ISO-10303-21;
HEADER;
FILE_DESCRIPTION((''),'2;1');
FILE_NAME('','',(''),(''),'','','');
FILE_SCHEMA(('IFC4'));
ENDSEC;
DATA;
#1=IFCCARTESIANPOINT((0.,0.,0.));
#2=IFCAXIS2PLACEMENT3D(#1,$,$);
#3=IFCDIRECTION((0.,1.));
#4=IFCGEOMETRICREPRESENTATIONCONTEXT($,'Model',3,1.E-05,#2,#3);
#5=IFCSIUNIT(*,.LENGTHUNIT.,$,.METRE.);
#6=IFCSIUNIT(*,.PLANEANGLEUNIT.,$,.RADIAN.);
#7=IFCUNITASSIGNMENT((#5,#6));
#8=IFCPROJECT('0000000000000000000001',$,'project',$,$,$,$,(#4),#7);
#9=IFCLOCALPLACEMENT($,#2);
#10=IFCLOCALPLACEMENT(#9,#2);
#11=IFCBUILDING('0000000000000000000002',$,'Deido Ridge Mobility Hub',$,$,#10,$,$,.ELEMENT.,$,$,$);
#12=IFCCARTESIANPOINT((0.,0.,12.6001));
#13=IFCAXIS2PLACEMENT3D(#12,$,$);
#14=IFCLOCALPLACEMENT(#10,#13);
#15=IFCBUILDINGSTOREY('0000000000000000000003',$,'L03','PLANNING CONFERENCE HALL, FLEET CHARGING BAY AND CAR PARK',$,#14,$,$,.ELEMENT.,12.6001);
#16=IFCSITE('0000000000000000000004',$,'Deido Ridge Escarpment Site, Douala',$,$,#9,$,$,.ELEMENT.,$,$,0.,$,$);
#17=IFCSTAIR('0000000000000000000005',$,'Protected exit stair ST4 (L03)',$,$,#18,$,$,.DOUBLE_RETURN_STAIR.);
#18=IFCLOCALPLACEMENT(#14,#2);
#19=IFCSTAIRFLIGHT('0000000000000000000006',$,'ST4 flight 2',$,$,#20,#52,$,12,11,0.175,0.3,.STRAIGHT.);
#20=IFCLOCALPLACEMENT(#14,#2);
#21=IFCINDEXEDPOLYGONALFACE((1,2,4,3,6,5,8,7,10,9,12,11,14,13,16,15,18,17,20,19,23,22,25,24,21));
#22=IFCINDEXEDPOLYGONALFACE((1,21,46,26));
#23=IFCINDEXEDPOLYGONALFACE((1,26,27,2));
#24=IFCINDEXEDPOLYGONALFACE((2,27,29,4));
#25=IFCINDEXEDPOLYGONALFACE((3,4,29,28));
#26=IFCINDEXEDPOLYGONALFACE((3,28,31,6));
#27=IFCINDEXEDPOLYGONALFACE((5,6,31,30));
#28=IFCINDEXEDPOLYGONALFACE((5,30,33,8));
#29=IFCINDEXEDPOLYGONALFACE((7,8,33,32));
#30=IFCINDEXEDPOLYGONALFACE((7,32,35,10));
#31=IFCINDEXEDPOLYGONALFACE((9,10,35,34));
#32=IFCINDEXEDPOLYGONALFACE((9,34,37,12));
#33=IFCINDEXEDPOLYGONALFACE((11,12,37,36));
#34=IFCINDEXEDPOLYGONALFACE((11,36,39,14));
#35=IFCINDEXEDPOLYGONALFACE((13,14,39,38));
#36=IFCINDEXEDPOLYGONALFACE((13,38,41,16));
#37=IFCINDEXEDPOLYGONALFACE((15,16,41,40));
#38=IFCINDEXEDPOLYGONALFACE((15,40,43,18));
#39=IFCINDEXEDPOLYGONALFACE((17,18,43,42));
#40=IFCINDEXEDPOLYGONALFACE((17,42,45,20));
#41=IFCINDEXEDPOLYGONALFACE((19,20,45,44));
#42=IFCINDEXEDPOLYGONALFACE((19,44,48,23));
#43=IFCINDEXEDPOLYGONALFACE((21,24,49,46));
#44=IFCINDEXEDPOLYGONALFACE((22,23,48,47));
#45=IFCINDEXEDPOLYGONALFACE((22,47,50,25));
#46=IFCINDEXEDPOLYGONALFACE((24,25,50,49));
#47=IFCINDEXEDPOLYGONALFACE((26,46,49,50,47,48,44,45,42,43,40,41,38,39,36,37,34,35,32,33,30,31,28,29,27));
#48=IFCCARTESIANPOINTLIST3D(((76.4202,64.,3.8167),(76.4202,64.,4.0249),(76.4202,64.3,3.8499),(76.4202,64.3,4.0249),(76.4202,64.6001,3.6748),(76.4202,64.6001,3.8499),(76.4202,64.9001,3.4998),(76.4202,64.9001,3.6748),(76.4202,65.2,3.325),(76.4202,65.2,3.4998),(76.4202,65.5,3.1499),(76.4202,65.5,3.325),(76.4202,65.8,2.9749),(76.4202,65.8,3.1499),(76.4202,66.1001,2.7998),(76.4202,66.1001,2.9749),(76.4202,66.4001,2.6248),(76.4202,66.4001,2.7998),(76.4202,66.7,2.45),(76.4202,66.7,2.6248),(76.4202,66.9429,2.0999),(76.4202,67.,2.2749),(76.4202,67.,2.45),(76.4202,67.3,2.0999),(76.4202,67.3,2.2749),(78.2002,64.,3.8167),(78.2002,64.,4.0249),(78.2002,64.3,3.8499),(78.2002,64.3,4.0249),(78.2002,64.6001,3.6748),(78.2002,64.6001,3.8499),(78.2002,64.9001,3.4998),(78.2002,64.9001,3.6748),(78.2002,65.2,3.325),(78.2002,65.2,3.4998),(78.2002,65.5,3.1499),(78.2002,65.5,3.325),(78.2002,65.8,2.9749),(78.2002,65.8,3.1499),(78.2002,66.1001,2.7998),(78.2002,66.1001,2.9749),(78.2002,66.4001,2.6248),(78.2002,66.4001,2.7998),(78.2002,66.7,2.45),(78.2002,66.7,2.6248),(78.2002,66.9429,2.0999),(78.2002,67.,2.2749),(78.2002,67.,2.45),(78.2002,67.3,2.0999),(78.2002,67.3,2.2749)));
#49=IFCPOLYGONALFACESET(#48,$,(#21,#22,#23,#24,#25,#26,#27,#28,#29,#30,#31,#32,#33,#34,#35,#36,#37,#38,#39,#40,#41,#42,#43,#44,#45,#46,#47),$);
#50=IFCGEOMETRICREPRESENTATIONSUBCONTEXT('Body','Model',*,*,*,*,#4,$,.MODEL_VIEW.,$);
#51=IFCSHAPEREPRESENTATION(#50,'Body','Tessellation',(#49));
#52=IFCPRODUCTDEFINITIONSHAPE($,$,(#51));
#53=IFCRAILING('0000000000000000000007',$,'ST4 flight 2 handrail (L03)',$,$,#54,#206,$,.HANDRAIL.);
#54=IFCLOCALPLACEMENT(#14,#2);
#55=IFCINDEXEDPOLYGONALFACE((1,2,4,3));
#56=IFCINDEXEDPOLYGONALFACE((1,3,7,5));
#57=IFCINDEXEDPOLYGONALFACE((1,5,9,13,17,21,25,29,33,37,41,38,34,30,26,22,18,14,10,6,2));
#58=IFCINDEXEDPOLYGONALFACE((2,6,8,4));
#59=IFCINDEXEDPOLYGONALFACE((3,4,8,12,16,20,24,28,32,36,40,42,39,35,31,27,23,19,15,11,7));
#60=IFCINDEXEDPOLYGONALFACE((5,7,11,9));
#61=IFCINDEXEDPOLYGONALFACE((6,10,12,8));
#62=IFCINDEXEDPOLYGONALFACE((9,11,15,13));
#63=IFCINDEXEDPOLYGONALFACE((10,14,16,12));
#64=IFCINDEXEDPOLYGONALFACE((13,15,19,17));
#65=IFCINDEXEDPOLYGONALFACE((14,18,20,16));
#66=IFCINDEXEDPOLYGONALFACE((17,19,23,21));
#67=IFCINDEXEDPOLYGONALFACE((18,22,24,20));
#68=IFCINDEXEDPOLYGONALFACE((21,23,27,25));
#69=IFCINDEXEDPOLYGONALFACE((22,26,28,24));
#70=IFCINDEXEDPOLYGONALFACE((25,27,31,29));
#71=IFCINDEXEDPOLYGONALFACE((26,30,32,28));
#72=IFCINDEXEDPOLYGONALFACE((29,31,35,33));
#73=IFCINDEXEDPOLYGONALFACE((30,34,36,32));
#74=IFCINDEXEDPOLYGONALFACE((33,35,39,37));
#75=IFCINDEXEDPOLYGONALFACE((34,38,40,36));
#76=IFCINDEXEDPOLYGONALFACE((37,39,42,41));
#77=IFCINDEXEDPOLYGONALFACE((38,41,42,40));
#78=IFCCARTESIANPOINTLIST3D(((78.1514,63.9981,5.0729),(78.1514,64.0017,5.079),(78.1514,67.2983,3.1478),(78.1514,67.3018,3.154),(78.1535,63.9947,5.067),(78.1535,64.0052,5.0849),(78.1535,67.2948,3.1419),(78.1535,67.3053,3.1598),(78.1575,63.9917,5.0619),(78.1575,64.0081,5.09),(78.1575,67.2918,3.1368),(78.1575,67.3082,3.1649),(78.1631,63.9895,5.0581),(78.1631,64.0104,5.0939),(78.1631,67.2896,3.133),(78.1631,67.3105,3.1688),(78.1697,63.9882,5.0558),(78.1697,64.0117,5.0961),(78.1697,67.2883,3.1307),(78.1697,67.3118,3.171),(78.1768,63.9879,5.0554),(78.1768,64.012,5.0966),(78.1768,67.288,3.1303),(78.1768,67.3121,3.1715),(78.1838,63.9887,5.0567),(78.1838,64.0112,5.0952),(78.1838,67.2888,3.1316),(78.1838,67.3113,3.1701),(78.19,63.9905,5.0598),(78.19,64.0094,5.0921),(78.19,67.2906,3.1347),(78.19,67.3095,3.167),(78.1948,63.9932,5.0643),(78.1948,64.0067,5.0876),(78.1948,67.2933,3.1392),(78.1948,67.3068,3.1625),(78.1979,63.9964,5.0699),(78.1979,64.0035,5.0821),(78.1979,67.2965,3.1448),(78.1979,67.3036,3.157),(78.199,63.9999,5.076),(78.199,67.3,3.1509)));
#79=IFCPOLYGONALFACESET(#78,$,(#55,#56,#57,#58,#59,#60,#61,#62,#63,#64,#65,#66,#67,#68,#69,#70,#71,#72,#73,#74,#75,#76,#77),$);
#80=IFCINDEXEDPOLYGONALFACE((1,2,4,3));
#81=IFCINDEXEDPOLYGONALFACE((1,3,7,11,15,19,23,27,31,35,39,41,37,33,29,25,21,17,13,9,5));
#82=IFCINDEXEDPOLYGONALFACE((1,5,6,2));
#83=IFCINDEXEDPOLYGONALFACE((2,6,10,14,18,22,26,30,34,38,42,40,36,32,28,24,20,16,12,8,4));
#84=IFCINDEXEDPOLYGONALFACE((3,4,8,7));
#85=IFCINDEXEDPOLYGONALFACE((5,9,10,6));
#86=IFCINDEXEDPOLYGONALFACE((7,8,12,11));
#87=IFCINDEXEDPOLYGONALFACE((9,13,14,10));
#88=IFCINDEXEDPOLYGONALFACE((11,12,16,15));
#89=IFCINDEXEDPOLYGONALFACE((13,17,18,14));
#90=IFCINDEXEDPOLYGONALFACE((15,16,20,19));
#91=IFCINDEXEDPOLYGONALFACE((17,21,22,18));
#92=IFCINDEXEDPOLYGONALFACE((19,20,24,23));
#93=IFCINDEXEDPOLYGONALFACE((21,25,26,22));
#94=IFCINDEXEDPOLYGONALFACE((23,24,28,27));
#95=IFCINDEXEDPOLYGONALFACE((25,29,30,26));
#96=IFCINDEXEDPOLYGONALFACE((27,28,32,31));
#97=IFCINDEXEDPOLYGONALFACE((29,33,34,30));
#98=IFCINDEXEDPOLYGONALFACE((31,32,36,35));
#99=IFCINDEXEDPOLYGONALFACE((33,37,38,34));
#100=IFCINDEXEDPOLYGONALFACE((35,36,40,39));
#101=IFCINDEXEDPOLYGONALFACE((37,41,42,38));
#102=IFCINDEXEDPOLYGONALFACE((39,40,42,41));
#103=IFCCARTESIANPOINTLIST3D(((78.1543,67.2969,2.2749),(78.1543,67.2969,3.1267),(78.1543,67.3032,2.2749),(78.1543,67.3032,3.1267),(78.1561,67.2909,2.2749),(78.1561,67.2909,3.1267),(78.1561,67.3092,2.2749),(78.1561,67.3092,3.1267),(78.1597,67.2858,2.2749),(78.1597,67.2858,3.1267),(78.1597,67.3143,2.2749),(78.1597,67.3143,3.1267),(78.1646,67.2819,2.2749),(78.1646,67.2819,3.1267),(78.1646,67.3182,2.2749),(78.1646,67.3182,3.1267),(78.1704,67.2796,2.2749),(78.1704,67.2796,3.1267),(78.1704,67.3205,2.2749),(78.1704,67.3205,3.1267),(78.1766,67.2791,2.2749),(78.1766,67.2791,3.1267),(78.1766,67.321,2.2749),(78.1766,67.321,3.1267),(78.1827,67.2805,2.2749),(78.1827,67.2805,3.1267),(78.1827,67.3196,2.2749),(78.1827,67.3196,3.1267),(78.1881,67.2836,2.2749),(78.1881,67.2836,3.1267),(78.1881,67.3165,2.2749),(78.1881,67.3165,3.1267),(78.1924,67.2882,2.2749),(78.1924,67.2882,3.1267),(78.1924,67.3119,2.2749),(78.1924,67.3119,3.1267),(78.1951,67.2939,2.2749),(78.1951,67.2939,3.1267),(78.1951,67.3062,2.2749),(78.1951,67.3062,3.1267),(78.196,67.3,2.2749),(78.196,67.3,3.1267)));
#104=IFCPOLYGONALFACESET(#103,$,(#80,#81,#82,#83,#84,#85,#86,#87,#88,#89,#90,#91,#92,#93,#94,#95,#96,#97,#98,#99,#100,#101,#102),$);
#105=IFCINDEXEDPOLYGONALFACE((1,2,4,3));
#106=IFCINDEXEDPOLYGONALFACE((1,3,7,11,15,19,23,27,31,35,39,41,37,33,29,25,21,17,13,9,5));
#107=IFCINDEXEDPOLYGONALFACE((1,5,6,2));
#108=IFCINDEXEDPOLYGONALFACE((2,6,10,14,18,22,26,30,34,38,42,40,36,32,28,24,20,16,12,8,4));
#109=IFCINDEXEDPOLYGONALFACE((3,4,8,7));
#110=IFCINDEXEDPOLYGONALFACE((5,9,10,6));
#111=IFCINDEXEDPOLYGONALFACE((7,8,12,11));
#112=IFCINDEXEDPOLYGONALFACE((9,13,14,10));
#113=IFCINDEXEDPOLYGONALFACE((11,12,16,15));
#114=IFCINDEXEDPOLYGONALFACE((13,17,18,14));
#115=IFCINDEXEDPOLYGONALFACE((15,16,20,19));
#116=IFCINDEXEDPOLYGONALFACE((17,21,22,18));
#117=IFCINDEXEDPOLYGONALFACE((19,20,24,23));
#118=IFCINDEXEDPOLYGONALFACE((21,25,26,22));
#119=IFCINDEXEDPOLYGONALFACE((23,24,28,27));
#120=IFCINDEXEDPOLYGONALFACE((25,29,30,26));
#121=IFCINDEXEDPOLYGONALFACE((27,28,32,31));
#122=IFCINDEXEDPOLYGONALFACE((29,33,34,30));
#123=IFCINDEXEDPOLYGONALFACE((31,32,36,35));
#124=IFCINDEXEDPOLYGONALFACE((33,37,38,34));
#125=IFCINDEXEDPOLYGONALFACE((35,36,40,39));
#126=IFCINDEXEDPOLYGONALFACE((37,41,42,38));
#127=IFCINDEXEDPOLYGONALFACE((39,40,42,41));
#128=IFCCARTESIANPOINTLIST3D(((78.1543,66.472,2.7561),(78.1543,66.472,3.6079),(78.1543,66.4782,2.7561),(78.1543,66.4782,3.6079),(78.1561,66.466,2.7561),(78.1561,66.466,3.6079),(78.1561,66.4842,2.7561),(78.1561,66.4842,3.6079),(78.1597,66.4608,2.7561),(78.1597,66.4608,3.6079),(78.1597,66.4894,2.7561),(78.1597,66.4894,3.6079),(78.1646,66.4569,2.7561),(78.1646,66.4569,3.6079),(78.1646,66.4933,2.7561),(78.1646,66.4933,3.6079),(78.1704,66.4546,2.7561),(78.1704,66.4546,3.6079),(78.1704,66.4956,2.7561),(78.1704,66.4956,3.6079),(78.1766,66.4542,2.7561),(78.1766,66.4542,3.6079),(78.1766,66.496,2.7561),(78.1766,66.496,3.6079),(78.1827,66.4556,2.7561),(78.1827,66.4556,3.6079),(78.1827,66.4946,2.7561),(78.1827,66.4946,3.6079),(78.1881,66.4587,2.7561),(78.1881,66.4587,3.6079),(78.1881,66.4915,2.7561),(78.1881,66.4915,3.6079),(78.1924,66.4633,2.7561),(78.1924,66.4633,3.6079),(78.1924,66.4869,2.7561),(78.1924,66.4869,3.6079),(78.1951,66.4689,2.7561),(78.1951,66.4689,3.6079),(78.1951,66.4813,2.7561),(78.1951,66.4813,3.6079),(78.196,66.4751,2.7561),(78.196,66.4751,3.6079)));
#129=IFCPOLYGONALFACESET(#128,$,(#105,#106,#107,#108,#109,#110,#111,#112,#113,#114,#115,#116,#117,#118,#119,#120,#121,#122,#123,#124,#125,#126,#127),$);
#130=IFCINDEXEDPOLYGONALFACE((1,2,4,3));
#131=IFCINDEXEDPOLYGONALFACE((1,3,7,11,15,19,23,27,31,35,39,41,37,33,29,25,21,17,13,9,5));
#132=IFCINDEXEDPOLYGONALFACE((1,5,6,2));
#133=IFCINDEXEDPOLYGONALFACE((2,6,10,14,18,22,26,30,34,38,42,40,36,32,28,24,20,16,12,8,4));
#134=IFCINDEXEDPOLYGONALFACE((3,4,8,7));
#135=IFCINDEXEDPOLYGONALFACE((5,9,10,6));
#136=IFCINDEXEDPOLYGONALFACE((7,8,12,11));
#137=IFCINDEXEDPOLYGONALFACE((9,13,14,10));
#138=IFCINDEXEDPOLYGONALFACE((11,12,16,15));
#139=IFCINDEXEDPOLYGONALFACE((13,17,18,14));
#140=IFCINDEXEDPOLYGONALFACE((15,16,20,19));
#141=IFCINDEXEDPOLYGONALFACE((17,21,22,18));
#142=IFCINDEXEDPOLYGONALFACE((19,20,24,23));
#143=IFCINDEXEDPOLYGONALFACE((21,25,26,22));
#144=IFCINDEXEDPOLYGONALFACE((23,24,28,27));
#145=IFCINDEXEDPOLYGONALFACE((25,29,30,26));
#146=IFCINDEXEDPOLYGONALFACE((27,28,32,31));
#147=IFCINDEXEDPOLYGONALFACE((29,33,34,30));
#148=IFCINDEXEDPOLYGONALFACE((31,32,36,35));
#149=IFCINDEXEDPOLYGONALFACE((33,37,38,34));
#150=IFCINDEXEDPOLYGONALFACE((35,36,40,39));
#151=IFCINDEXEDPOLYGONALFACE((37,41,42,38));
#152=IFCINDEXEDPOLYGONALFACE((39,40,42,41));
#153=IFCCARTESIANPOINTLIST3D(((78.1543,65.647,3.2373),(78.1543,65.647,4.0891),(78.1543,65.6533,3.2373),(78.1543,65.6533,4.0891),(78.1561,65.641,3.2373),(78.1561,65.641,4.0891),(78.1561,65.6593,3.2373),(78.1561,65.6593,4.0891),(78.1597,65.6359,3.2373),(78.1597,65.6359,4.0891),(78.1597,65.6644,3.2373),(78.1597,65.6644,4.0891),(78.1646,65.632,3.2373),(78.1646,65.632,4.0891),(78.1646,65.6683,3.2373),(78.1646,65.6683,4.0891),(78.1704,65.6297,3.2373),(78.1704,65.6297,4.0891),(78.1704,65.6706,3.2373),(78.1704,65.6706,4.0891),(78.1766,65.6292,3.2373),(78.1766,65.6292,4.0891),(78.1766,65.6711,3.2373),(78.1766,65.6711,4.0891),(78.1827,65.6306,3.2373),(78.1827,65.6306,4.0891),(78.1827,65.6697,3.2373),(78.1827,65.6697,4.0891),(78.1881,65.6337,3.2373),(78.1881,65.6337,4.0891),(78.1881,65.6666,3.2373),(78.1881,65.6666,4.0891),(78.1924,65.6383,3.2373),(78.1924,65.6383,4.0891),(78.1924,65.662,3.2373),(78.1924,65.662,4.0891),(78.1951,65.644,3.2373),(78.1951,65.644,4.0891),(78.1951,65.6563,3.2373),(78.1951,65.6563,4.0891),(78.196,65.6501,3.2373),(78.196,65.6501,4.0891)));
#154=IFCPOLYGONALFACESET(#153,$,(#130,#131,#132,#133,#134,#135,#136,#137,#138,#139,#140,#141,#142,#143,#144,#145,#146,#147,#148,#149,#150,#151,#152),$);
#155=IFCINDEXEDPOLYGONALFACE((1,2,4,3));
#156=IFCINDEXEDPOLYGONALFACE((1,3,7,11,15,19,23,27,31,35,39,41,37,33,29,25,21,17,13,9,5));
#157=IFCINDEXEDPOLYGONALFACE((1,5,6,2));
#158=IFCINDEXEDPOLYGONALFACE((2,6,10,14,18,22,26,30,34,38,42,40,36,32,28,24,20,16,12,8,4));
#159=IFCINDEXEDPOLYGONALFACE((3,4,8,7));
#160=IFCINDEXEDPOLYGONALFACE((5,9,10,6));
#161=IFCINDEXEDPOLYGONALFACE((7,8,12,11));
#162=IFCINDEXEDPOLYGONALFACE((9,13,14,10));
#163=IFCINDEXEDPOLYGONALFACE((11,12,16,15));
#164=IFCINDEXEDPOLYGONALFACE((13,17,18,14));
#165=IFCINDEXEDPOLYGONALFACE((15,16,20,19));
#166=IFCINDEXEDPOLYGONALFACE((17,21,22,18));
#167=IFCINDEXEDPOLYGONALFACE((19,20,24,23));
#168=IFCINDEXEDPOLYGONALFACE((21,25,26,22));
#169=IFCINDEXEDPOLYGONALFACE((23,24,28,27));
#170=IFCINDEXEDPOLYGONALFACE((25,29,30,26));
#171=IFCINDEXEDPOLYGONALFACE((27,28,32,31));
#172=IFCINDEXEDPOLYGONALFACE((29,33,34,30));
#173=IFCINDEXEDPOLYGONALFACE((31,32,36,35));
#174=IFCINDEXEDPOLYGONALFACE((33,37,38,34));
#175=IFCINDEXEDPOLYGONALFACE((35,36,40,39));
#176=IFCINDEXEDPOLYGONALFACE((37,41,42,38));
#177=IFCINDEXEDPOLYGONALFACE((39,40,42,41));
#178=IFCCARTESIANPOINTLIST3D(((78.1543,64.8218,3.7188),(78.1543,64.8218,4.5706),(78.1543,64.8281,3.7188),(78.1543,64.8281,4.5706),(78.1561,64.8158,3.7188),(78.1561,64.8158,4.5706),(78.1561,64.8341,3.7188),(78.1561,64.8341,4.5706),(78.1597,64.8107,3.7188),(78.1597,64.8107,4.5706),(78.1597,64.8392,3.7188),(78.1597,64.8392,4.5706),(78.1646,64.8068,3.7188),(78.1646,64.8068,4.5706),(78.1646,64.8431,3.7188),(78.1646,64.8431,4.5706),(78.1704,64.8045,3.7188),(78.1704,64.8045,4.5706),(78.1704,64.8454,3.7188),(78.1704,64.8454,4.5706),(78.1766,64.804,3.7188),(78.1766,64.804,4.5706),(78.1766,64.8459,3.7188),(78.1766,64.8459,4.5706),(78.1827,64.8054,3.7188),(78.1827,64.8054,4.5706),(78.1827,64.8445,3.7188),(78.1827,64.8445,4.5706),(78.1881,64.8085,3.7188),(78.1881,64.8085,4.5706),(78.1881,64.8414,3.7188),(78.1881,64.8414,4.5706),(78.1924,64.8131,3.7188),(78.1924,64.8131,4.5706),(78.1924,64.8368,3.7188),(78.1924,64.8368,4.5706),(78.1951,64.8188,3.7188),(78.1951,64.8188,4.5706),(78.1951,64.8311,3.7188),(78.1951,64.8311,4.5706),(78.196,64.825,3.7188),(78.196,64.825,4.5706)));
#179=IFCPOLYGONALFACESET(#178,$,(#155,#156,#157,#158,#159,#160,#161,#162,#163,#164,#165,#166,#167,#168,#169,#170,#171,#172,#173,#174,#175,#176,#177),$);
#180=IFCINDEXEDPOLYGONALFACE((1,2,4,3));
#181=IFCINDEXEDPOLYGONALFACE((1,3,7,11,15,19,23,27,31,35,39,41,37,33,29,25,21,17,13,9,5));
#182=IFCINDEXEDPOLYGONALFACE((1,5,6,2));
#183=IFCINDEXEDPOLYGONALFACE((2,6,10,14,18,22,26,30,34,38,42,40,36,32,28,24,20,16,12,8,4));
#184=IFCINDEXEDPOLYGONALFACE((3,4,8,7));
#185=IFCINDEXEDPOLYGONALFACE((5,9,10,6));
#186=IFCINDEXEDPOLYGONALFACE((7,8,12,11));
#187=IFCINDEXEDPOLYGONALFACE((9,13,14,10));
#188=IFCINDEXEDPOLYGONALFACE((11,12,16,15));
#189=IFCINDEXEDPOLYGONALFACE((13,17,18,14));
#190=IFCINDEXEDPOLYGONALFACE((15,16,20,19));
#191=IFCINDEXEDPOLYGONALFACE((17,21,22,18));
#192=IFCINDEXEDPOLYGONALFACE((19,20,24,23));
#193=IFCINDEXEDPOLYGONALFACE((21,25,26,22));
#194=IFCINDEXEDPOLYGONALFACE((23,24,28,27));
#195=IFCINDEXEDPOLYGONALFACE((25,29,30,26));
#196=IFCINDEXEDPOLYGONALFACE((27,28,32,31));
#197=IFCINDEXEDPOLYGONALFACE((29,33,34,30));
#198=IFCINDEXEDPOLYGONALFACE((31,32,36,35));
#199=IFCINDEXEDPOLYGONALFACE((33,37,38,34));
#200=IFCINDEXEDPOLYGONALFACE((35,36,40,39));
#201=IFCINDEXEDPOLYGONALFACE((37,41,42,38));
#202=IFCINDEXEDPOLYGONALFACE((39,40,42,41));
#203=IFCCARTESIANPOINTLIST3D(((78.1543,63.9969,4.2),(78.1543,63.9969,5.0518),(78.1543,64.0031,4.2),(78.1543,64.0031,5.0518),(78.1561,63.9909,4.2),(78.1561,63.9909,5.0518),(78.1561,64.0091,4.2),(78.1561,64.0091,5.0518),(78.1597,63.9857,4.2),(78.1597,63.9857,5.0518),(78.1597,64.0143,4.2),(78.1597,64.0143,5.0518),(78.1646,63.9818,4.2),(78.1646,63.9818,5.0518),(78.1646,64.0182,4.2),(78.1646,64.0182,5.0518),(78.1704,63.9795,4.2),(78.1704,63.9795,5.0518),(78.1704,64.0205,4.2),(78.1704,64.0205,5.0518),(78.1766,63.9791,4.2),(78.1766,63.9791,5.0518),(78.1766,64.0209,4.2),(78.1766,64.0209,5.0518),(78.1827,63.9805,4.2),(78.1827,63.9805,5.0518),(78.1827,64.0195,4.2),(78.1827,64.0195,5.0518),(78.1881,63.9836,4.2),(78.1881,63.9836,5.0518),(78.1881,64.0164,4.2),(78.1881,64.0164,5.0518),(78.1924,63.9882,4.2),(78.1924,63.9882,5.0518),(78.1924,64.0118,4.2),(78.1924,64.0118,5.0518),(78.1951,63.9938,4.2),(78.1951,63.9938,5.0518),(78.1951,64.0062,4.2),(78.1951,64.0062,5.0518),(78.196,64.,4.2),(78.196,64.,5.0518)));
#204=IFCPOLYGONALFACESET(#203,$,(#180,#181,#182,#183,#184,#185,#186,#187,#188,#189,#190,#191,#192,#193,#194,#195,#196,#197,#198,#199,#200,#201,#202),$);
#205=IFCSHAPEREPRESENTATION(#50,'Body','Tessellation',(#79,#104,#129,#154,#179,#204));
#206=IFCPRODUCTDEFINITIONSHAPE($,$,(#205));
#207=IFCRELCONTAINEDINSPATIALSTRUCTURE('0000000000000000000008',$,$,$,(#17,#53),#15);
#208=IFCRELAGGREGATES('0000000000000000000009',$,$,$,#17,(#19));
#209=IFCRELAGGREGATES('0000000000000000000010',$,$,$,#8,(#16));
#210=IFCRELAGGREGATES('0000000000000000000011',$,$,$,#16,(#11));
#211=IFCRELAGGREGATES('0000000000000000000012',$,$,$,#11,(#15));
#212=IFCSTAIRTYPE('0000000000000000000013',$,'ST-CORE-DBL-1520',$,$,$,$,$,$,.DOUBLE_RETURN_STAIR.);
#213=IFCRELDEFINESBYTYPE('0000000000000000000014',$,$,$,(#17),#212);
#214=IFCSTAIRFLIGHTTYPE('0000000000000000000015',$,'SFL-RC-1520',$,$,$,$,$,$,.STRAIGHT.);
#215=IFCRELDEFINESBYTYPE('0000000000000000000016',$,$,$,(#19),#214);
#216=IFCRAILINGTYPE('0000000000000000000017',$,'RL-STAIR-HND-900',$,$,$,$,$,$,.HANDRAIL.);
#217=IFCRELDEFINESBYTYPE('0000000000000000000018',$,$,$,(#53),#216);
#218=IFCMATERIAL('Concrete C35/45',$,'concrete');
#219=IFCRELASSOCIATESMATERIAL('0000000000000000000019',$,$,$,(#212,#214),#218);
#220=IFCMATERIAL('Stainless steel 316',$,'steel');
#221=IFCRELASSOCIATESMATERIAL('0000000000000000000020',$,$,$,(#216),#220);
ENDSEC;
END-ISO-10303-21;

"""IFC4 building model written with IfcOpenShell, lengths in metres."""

from ifc_helpers import new_model, si_unit, direction, frame, origin, origin_2d, place, context, subcontext, project, spatial, polyline, circle, outline, extrude, material, type_object, element, aggregate, save


model = new_model("IFC4")

# Units and contexts
model_context = context("Model", 3, precision=1e-05, world=origin(), true_north=direction((0.0, 1.0)))
body_context = subcontext(model_context, "Body", "Model", "MODEL_VIEW")
ifc_project = project(units=[si_unit("LENGTHUNIT", "METRE"), si_unit("PLANEANGLEUNIT", "RADIAN")], contexts=[model_context])

# Site, building, storey
site_placement = place(None, origin())
site = spatial("IfcSite", under=ifc_project, at=site_placement, Name="Deido Ridge Escarpment Site, Douala", CompositionType="ELEMENT", RefElevation=0.0)
building_placement = place(site_placement, origin())
building = spatial("IfcBuilding", under=site, at=building_placement, Name="Deido Ridge Mobility Hub", CompositionType="ELEMENT")
storey_placement = place(building_placement, frame((0.0, 0.0, 12.6001)))
storey = spatial("IfcBuildingStorey", under=building, at=storey_placement, Name="L03", Description="PLANNING CONFERENCE HALL, FLEET CHARGING BAY AND CAR PARK", CompositionType="ELEMENT", Elevation=12.6001)

# Stair, stair flight
ifc_material_1 = material(Name="Concrete C35/45", Category="concrete")
stair_type = type_object("IfcStairType", Name="ST-CORE-DBL-1520", PredefinedType="DOUBLE_RETURN_STAIR", material=ifc_material_1)
stair_placement = place(storey_placement, origin())
stair = element("IfcStair", 1, at=stair_placement, inside=storey, type_object=stair_type, Name="Protected exit stair ST4 (L03)", PredefinedType="DOUBLE_RETURN_STAIR")
stair_flight_type = type_object("IfcStairFlightType", Name="SFL-RC-1520", PredefinedType="STRAIGHT", material=ifc_material_1)
stair_flight_placement = place(storey_placement, frame((77.3101, 67.3, 2.0999), z_axis=(0.0, 0.0, 1.0), x_axis=(0.0, -1.0, 0.0)))
stair_flight = element("IfcStairFlight", 2, at=stair_flight_placement, type_object=stair_flight_type, Name="ST4 flight 2", NumberOfRisers=12, NumberOfTreads=11, PredefinedType="STRAIGHT", RiserHeight=0.175, TreadLength=0.3, context=body_context, shape_type="SweptSolid", body=[
    extrude(outline(polyline([(0.0, 0.0), (0.0, 0.175), (0.3, 0.175), (0.3, 0.3501), (0.6001, 0.3501), (0.6001, 0.5249), (0.8999, 0.5249), (0.8999, 0.7), (1.2, 0.7), (1.2, 0.875), (1.5, 0.875), (1.5, 1.05), (1.8, 1.05), (1.8, 1.2251), (2.1001, 1.2251), (2.1001, 1.3999), (2.3999, 1.3999), (2.3999, 1.575), (2.7, 1.575), (2.7, 1.75), (3.0, 1.75), (3.0, 1.925), (3.3, 1.925), (3.3, 2.1001), (3.3, 1.7168), (0.3572, 0.0), (0.0, 0.0)])), frame((0.0, 0.8901, 0.0), z_axis=(0.0, -1.0, 0.0), x_axis=(1.0, 0.0, 0.0)), (0.0, 0.0, 1.0), 1.78),
])
aggregate(stair, [stair_flight])

# Railing
ifc_material_2 = material(Name="Stainless steel 316", Category="steel")
railing_type_1 = type_object("IfcRailingType", Name="RL-STAIR-HND-900", PredefinedType="HANDRAIL", material=ifc_material_2)
railing_1_placement = place(storey_placement, frame((78.175, 67.3, 2.2749)))
element("IfcRailing", 3, at=railing_1_placement, inside=storey, type_object=railing_type_1, Name="ST4 flight 2 handrail (L03)", PredefinedType="HANDRAIL", context=body_context, shape_type="SweptSolid", body=[
    extrude(circle(Radius=0.0239, at=origin_2d()), frame((0.0, 0.0, 0.876), z_axis=(0.0, -0.863777, 0.503875), x_axis=(1.0, 0.0, 0.0)), (0.0, 0.0, 1.0), 3.8206),
    extrude(circle(Radius=0.021, at=origin_2d()), origin(), (0.0, 0.0, 1.0), 0.8518),
    extrude(circle(Radius=0.021, at=origin_2d()), frame((0.0, -0.825, 0.4812)), (0.0, 0.0, 1.0), 0.8518),
    extrude(circle(Radius=0.021, at=origin_2d()), frame((0.0, -1.6499, 0.9624)), (0.0, 0.0, 1.0), 0.8518),
    extrude(circle(Radius=0.021, at=origin_2d()), frame((0.0, -2.4751, 1.4438)), (0.0, 0.0, 1.0), 0.8518),
    extrude(circle(Radius=0.021, at=origin_2d()), frame((0.0, -3.3, 1.925)), (0.0, 0.0, 1.0), 0.8518),
])

save(model, "model.ifc")
